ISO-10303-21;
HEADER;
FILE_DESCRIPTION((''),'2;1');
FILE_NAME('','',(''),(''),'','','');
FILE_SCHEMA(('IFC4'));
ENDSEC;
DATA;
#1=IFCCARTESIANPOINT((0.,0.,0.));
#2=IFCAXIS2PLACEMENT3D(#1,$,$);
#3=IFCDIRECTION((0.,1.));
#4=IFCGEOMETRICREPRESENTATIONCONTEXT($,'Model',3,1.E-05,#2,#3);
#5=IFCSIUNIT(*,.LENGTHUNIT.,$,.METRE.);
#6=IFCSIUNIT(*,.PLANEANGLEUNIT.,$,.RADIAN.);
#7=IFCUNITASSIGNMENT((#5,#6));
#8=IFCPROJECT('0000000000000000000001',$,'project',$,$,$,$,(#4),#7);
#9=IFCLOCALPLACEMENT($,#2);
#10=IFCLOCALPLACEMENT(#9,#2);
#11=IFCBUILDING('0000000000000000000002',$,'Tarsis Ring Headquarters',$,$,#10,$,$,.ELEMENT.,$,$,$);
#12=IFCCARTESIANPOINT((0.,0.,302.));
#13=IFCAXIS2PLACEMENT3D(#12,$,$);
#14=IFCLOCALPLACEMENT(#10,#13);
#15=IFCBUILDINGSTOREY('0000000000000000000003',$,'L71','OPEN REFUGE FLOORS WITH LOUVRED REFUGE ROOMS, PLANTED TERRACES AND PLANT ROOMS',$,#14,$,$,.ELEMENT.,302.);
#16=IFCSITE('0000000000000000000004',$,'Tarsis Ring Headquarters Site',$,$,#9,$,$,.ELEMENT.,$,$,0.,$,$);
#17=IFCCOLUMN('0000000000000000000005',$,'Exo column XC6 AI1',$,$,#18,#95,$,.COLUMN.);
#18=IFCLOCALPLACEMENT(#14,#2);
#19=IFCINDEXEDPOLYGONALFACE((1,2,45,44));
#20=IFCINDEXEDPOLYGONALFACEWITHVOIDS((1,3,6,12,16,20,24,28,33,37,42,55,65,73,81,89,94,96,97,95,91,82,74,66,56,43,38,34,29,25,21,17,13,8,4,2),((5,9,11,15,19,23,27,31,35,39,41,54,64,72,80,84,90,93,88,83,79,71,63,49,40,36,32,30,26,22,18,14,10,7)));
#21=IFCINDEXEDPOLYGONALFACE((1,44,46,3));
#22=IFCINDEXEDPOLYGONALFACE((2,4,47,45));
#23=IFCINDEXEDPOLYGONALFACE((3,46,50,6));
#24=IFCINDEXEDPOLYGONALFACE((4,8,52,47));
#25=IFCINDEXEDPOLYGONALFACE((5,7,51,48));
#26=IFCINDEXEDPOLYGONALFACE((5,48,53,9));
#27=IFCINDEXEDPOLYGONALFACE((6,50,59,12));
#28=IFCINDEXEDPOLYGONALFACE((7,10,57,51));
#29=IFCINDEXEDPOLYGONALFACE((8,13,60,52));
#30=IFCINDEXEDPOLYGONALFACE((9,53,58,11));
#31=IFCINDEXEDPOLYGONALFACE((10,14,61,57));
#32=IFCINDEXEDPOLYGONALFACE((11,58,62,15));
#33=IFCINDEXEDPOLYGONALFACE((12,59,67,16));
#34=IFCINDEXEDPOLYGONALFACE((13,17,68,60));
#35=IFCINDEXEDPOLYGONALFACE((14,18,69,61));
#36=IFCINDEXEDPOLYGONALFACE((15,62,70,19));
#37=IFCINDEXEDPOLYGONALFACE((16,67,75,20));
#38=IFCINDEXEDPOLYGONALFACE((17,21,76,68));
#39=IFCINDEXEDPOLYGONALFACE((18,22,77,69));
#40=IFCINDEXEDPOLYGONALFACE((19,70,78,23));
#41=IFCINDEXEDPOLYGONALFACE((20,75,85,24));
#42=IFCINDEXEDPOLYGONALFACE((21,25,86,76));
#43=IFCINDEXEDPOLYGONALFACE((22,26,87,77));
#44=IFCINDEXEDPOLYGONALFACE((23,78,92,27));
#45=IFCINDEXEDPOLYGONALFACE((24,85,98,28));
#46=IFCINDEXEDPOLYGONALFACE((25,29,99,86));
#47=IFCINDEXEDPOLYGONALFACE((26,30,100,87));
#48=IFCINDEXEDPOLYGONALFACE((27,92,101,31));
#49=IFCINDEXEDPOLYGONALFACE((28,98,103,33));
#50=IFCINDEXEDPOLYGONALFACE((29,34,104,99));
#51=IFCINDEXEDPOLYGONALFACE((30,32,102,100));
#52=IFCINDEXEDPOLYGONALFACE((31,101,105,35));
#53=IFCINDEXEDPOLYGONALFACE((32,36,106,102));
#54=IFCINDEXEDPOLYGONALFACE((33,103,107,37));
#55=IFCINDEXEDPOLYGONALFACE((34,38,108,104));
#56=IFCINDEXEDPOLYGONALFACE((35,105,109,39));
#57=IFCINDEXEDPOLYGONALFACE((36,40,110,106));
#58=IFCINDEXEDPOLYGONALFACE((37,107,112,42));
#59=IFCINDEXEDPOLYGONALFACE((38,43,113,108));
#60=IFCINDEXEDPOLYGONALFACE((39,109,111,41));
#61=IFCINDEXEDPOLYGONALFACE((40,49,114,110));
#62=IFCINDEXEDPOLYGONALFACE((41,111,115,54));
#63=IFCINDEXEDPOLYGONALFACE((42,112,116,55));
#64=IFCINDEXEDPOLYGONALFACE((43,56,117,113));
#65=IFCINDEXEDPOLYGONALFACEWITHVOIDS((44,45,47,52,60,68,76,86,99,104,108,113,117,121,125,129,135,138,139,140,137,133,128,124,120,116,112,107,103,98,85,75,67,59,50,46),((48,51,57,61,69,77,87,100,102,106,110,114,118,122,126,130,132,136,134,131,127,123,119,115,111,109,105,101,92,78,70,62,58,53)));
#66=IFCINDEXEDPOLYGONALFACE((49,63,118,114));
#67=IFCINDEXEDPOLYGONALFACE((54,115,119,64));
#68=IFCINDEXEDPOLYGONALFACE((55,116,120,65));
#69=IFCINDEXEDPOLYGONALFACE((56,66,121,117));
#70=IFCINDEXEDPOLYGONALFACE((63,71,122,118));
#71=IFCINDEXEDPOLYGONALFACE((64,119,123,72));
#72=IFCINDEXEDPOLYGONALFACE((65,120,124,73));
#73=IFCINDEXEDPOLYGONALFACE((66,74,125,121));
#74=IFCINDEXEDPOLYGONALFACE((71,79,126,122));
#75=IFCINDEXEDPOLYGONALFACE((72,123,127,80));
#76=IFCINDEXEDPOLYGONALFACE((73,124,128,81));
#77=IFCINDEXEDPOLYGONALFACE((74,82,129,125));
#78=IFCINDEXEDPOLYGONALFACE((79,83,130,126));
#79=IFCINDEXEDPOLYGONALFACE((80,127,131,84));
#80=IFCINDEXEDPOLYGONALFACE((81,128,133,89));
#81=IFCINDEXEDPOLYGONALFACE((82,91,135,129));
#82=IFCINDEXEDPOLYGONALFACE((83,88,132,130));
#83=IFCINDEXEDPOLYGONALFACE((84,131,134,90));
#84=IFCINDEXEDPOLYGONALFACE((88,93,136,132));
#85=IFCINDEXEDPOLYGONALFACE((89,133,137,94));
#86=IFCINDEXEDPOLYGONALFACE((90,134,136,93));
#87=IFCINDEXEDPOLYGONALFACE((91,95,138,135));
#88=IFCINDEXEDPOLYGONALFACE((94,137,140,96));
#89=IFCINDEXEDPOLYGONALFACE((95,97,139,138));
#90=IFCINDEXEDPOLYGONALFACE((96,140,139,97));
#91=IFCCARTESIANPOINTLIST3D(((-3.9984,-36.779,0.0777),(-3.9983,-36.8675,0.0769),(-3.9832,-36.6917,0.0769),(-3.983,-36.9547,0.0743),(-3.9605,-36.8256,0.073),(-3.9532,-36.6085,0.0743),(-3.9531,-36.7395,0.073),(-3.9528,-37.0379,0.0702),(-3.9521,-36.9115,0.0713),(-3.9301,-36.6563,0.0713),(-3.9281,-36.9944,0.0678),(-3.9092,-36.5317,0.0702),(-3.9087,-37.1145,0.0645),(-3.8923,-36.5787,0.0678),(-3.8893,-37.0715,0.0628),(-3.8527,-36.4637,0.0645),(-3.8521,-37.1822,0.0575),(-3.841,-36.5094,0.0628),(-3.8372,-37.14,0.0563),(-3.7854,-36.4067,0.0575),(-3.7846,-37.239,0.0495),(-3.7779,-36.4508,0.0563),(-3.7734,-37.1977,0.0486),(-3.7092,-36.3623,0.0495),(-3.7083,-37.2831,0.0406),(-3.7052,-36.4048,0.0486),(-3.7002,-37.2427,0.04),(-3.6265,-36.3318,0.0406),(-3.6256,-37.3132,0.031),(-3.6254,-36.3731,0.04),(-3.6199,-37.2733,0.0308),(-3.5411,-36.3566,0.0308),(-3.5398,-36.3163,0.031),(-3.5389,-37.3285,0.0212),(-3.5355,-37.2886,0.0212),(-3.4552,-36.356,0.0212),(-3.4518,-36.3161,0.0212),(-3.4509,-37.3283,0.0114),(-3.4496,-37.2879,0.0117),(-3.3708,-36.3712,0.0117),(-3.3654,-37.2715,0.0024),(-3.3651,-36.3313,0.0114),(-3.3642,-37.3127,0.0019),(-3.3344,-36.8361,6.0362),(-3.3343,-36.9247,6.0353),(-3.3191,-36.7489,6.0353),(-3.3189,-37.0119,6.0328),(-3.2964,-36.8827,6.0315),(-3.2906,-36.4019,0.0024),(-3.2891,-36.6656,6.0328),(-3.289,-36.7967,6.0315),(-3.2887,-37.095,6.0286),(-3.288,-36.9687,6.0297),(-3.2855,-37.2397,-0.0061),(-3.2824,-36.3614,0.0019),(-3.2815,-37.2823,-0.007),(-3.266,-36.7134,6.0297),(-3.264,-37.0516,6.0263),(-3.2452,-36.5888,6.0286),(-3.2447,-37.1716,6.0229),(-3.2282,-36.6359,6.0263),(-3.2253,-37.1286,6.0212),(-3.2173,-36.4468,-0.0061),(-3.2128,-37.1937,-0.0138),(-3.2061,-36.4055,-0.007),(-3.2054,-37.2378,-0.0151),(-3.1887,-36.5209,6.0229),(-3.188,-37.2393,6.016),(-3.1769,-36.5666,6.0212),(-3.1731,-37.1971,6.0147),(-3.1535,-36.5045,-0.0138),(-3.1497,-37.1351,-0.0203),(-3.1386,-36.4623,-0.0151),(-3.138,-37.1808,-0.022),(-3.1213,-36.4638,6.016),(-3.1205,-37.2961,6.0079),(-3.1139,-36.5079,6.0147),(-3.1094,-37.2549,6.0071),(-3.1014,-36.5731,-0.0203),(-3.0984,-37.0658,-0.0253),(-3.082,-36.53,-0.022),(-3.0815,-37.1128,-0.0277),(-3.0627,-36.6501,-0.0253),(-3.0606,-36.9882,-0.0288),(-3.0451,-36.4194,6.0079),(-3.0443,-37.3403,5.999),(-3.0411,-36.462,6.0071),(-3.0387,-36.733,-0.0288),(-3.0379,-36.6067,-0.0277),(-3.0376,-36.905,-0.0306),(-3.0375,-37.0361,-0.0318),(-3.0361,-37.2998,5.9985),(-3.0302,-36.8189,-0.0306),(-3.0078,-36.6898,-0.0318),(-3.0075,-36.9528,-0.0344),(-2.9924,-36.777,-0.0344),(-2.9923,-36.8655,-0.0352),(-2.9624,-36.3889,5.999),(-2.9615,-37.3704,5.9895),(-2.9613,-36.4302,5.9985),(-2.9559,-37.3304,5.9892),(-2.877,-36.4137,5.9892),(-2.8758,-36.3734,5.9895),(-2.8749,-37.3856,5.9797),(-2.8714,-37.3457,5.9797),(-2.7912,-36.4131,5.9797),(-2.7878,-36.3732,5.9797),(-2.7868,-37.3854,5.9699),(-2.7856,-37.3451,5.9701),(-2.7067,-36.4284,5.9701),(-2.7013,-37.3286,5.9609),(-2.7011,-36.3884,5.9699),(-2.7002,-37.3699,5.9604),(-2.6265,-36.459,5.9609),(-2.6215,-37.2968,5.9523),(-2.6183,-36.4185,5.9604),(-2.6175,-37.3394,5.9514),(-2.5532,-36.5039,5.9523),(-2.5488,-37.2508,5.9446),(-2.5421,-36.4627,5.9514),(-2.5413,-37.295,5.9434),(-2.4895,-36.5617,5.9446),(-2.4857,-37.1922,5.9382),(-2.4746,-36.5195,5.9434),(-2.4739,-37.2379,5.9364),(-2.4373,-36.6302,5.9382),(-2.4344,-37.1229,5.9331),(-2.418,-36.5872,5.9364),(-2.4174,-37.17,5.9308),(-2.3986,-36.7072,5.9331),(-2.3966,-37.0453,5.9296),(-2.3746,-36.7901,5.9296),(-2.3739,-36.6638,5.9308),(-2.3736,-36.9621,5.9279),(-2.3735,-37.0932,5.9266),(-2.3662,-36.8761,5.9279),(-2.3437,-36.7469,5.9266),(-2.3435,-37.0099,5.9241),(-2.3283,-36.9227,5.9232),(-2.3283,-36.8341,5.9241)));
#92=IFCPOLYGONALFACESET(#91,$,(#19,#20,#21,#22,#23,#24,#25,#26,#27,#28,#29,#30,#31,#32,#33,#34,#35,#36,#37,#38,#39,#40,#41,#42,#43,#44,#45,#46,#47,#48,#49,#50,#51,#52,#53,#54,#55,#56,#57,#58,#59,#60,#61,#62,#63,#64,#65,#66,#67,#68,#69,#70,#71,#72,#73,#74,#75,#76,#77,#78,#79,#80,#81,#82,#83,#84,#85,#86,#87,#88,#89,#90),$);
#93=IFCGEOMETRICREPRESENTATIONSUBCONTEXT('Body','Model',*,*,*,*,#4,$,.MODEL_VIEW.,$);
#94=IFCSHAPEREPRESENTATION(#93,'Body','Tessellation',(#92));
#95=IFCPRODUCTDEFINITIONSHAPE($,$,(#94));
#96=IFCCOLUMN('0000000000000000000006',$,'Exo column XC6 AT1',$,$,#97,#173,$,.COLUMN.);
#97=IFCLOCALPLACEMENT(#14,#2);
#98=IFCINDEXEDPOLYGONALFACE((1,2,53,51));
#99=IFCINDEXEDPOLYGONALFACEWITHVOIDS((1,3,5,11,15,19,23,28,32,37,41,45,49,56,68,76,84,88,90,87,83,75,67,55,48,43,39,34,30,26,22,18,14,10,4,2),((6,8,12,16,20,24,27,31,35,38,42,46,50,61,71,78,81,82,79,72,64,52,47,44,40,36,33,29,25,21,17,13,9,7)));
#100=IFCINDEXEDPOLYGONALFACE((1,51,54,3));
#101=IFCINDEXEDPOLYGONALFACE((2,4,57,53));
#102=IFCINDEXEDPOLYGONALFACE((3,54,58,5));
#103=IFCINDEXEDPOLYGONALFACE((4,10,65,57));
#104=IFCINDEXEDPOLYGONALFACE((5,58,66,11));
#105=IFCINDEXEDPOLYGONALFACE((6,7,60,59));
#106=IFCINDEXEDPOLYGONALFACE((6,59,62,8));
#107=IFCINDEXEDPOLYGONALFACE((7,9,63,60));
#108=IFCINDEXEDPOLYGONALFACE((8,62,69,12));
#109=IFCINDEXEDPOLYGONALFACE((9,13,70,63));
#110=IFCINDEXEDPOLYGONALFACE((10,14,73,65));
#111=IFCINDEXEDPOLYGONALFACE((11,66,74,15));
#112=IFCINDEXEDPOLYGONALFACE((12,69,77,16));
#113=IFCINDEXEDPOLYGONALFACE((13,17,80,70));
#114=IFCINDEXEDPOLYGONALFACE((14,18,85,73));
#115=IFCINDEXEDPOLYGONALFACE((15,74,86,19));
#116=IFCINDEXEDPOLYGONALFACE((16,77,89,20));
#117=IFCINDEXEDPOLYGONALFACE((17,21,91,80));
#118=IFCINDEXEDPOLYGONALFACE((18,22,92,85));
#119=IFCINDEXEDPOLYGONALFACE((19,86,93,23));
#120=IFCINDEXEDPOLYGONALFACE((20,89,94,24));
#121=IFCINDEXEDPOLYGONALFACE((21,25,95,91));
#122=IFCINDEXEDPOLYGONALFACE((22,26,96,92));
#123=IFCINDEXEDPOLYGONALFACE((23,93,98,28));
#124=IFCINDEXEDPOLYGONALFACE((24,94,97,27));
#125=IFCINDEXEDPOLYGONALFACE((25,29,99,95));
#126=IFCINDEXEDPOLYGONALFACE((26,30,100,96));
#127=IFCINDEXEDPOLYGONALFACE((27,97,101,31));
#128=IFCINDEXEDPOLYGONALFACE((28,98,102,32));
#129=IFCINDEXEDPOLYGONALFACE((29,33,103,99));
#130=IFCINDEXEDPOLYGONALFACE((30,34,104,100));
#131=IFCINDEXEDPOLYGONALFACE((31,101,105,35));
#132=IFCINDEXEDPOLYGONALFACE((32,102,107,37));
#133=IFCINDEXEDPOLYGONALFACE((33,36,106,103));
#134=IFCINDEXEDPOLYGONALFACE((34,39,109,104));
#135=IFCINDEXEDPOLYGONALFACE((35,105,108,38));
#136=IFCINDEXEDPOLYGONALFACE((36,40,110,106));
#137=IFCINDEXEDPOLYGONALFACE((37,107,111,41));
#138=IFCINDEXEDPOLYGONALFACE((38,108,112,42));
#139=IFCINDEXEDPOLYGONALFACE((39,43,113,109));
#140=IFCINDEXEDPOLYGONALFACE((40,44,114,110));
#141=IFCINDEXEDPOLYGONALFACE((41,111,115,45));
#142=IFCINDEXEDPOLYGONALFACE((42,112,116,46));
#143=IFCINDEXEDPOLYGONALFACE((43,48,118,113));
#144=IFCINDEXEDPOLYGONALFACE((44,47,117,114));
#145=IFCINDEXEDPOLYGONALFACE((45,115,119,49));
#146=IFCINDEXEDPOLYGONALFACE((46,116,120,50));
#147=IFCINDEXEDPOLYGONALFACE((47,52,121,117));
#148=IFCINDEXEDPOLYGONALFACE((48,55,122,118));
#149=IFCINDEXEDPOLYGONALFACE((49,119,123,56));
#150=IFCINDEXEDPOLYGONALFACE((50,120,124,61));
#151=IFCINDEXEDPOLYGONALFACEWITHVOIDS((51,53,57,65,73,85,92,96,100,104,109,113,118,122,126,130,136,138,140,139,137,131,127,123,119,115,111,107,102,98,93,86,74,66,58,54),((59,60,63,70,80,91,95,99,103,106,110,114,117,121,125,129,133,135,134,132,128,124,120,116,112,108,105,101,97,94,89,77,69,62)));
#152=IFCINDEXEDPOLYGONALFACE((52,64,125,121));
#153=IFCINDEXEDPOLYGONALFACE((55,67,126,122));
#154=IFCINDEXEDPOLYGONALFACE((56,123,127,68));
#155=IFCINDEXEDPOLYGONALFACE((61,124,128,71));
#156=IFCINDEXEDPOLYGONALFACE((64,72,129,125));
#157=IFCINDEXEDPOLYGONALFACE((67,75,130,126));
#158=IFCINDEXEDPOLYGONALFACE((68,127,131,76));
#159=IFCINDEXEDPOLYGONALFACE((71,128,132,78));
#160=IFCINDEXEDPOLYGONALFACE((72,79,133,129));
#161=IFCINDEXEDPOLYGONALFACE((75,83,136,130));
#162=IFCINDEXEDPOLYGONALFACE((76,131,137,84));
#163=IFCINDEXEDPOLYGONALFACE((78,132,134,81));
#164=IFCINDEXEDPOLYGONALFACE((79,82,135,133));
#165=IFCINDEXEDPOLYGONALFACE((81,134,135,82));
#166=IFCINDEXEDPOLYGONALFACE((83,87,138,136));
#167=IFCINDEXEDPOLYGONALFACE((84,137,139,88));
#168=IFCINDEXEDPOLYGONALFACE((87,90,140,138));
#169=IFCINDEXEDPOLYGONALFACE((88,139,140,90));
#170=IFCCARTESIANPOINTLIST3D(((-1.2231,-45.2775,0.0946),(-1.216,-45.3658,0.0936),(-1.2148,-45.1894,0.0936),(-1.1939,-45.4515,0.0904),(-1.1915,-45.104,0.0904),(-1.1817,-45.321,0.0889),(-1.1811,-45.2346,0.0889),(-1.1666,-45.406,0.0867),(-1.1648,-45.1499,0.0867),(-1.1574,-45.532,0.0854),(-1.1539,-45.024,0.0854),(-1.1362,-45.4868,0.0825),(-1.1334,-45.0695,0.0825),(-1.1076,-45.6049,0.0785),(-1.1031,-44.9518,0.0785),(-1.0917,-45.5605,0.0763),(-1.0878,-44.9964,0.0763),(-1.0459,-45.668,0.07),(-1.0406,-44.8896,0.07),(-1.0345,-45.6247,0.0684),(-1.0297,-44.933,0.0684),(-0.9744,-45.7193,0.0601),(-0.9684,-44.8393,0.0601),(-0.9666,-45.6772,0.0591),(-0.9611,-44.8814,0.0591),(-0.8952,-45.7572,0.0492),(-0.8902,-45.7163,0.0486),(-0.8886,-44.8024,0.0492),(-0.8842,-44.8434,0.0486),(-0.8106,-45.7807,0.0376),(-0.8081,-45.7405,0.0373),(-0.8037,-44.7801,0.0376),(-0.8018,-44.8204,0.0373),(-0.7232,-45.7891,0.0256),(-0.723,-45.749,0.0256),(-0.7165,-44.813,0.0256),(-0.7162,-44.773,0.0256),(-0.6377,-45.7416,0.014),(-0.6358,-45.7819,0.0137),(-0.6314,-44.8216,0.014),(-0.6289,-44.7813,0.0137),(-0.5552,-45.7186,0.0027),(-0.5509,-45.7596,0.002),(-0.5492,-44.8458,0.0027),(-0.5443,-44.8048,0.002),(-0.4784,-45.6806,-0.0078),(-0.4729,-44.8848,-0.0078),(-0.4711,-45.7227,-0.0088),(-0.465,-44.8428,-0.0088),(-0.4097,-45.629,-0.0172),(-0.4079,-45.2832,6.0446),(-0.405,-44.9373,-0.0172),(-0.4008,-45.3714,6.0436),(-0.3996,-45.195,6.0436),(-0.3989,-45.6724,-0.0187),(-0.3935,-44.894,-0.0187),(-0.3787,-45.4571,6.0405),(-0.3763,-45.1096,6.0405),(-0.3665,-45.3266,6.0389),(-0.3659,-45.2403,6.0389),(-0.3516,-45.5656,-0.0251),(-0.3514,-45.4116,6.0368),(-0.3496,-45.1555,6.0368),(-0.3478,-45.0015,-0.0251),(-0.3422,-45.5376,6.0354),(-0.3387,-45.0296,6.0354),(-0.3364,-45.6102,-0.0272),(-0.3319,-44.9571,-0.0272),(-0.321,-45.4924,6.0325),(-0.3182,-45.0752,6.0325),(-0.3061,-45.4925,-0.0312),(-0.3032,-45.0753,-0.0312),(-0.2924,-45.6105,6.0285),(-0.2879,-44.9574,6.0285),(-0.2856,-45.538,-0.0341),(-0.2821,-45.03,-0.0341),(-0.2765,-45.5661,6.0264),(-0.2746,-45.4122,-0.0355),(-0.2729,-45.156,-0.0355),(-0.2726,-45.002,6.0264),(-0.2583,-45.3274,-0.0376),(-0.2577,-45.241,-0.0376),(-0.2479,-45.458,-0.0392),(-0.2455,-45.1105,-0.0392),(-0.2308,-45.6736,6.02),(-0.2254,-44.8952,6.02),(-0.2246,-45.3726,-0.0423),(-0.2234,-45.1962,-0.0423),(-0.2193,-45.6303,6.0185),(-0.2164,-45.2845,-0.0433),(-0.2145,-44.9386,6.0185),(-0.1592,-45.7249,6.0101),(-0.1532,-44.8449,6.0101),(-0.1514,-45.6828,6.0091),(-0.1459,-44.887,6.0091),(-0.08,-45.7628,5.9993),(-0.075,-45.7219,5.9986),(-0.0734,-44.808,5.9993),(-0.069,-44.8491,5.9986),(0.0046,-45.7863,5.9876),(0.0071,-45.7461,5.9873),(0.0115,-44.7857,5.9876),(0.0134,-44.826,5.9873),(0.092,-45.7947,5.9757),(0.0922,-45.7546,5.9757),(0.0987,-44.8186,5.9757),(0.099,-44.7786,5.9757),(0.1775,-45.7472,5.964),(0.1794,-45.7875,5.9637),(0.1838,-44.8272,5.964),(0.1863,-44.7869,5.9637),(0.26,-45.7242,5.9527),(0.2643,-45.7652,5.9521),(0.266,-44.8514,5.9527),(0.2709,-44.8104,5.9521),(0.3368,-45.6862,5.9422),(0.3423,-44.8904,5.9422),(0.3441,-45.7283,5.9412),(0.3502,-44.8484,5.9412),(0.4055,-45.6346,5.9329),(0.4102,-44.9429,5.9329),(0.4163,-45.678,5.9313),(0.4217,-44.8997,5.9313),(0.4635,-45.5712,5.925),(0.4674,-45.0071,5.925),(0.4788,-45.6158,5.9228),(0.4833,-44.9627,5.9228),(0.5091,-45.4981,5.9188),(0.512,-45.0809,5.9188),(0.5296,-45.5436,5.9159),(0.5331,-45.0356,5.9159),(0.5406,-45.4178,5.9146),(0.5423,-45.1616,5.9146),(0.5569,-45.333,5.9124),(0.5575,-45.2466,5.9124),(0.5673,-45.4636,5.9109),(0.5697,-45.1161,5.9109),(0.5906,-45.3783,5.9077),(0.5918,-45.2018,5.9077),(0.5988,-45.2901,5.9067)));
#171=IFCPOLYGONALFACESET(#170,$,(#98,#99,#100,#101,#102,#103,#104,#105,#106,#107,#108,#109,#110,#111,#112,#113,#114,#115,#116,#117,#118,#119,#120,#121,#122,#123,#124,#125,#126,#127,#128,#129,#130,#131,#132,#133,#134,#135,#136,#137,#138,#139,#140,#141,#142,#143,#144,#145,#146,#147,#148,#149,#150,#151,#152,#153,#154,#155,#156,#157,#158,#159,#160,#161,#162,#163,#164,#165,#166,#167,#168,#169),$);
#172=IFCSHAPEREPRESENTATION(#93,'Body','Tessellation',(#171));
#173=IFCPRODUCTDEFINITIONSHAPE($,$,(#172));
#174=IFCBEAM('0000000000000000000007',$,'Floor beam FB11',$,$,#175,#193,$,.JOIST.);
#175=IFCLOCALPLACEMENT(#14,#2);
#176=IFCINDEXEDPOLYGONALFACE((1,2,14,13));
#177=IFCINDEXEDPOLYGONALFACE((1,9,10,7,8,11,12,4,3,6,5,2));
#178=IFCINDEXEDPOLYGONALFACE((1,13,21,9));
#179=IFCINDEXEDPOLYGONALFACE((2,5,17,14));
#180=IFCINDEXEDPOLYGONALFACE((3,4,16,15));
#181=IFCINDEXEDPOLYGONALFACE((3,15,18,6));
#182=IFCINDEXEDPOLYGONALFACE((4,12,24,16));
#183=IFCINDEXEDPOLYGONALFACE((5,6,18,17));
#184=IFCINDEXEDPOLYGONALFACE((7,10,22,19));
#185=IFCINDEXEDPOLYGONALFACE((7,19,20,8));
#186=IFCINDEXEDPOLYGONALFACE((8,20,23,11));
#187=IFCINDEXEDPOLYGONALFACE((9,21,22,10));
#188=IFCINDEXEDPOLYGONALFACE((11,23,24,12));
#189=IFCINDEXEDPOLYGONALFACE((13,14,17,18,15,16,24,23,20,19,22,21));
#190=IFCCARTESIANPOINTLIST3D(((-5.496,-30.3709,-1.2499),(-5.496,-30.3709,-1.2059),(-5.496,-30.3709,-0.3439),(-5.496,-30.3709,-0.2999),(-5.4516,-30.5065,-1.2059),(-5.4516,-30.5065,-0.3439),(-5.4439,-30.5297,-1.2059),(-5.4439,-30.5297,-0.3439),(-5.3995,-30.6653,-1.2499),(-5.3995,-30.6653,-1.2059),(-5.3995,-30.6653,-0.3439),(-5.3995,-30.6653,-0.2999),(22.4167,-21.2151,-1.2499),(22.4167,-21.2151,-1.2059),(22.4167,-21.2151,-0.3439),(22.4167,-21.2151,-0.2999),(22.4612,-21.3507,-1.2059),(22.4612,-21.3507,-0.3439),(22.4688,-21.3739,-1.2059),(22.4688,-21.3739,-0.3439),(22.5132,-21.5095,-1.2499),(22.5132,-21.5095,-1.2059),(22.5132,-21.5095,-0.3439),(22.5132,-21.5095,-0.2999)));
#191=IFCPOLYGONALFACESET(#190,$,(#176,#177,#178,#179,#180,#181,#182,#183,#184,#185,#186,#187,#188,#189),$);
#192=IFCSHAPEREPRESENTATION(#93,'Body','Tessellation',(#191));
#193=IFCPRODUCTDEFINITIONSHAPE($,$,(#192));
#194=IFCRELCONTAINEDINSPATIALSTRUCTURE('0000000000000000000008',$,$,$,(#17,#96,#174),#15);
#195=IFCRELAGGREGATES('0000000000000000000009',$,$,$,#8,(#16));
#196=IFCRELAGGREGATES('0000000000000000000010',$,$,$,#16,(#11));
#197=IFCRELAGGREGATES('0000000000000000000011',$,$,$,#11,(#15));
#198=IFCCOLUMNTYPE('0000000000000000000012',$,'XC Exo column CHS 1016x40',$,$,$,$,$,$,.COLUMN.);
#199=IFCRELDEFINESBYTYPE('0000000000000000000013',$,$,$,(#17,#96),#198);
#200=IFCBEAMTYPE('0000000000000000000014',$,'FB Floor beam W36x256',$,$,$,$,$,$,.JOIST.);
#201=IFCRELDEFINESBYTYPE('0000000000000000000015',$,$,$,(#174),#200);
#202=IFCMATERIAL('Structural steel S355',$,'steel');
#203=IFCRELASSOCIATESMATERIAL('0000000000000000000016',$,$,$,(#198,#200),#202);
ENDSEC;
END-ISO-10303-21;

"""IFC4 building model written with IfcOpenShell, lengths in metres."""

from ifc_helpers import new_model, si_unit, direction, frame, origin, origin_2d, place, context, subcontext, project, spatial, hollow_circle, i_section, extrude, material, material_profile, profile_set, type_object, element, save


model = new_model("IFC4")

# Units and contexts
model_context = context("Model", 3, precision=1e-05, world=origin(), true_north=direction((0.0, 1.0)))
body_context = subcontext(model_context, "Body", "Model", "MODEL_VIEW")
ifc_project = project(units=[si_unit("LENGTHUNIT", "METRE"), si_unit("PLANEANGLEUNIT", "RADIAN")], contexts=[model_context])

# Site, building, storey
site_placement = place(None, origin())
site = spatial("IfcSite", under=ifc_project, at=site_placement, Name="Tarsis Ring Headquarters Site", CompositionType="ELEMENT", RefElevation=0.0)
building_placement = place(site_placement, origin())
building = spatial("IfcBuilding", under=site, at=building_placement, Name="Tarsis Ring Headquarters", CompositionType="ELEMENT")
storey_placement = place(building_placement, frame((0.0, 0.0, 302.0)))
storey = spatial("IfcBuildingStorey", under=building, at=storey_placement, Name="L71", Description="OPEN REFUGE FLOORS WITH LOUVRED REFUGE ROOMS, PLANTED TERRACES AND PLANT ROOMS", CompositionType="ELEMENT", Elevation=302.0)

# Columns
ifc_material_1 = material(Name="Structural steel S355", Category="steel")
ifc_material_profile_1 = material_profile(ifc_material_1, hollow_circle(Radius=0.5081, WallThickness=0.04, at=origin_2d()), Name="CHS 1016x40")
ifc_profile_set_1 = profile_set([ifc_material_profile_1], Name="Structural steel S355")
column_type = type_object("IfcColumnType", Name="XC Exo column CHS 1016x40", PredefinedType="COLUMN", material=ifc_profile_set_1)
column_1_placement = place(storey_placement, frame((-3.4954, -36.8223, 0.0212), z_axis=(0.110757, -0.009528, 0.993802), x_axis=(0.085713, 0.99632, 0.0)))
element("IfcColumn", 1, at=column_1_placement, inside=storey, type_object=column_type, Name="Exo column XC6 AI1", PredefinedType="COLUMN", context=body_context, shape_type="SweptSolid", body=[
    extrude(hollow_circle(Radius=0.5081, WallThickness=0.04, at=origin_2d()), origin(), (0.0, 0.0, 1.0), 5.9956),
])
column_2_placement = place(storey_placement, frame((-0.7197, -45.281, 0.0256), z_axis=(0.135739, -0.000935, 0.990744), x_axis=(0.006888, 0.999976, 0.0)))
element("IfcColumn", 2, at=column_2_placement, inside=storey, type_object=column_type, Name="Exo column XC6 AT1", PredefinedType="COLUMN", context=body_context, shape_type="SweptSolid", body=[
    extrude(hollow_circle(Radius=0.5081, WallThickness=0.04, at=origin_2d()), origin(), (0.0, 0.0, 1.0), 6.0056),
])

# Beam
ifc_material_profile_2 = material_profile(ifc_material_1, i_section(OverallWidth=0.3098, OverallDepth=0.95, WebThickness=0.0244, FlangeThickness=0.0439, at=origin_2d()), Name="W36x256")
ifc_profile_set_2 = profile_set([ifc_material_profile_2], Name="Structural steel S355")
beam_type_1 = type_object("IfcBeamType", Name="FB Floor beam W36x256", PredefinedType="JOIST", material=ifc_profile_set_2)
beam_1_placement = place(storey_placement, frame((-5.4478, -30.5181, -0.7749), z_axis=(0.950188, 0.311676, 0.0), x_axis=(-0.311676, 0.950188, 0.0)))
element("IfcBeam", 3, at=beam_1_placement, inside=storey, type_object=beam_type_1, Name="Floor beam FB11", PredefinedType="JOIST", context=body_context, shape_type="SweptSolid", body=[
    extrude(i_section(OverallWidth=0.3098, OverallDepth=0.95, WebThickness=0.0244, FlangeThickness=0.0439, at=origin_2d()), origin(), (0.0, 0.0, 1.0), 29.376),
])

save(model, "model.ifc")
